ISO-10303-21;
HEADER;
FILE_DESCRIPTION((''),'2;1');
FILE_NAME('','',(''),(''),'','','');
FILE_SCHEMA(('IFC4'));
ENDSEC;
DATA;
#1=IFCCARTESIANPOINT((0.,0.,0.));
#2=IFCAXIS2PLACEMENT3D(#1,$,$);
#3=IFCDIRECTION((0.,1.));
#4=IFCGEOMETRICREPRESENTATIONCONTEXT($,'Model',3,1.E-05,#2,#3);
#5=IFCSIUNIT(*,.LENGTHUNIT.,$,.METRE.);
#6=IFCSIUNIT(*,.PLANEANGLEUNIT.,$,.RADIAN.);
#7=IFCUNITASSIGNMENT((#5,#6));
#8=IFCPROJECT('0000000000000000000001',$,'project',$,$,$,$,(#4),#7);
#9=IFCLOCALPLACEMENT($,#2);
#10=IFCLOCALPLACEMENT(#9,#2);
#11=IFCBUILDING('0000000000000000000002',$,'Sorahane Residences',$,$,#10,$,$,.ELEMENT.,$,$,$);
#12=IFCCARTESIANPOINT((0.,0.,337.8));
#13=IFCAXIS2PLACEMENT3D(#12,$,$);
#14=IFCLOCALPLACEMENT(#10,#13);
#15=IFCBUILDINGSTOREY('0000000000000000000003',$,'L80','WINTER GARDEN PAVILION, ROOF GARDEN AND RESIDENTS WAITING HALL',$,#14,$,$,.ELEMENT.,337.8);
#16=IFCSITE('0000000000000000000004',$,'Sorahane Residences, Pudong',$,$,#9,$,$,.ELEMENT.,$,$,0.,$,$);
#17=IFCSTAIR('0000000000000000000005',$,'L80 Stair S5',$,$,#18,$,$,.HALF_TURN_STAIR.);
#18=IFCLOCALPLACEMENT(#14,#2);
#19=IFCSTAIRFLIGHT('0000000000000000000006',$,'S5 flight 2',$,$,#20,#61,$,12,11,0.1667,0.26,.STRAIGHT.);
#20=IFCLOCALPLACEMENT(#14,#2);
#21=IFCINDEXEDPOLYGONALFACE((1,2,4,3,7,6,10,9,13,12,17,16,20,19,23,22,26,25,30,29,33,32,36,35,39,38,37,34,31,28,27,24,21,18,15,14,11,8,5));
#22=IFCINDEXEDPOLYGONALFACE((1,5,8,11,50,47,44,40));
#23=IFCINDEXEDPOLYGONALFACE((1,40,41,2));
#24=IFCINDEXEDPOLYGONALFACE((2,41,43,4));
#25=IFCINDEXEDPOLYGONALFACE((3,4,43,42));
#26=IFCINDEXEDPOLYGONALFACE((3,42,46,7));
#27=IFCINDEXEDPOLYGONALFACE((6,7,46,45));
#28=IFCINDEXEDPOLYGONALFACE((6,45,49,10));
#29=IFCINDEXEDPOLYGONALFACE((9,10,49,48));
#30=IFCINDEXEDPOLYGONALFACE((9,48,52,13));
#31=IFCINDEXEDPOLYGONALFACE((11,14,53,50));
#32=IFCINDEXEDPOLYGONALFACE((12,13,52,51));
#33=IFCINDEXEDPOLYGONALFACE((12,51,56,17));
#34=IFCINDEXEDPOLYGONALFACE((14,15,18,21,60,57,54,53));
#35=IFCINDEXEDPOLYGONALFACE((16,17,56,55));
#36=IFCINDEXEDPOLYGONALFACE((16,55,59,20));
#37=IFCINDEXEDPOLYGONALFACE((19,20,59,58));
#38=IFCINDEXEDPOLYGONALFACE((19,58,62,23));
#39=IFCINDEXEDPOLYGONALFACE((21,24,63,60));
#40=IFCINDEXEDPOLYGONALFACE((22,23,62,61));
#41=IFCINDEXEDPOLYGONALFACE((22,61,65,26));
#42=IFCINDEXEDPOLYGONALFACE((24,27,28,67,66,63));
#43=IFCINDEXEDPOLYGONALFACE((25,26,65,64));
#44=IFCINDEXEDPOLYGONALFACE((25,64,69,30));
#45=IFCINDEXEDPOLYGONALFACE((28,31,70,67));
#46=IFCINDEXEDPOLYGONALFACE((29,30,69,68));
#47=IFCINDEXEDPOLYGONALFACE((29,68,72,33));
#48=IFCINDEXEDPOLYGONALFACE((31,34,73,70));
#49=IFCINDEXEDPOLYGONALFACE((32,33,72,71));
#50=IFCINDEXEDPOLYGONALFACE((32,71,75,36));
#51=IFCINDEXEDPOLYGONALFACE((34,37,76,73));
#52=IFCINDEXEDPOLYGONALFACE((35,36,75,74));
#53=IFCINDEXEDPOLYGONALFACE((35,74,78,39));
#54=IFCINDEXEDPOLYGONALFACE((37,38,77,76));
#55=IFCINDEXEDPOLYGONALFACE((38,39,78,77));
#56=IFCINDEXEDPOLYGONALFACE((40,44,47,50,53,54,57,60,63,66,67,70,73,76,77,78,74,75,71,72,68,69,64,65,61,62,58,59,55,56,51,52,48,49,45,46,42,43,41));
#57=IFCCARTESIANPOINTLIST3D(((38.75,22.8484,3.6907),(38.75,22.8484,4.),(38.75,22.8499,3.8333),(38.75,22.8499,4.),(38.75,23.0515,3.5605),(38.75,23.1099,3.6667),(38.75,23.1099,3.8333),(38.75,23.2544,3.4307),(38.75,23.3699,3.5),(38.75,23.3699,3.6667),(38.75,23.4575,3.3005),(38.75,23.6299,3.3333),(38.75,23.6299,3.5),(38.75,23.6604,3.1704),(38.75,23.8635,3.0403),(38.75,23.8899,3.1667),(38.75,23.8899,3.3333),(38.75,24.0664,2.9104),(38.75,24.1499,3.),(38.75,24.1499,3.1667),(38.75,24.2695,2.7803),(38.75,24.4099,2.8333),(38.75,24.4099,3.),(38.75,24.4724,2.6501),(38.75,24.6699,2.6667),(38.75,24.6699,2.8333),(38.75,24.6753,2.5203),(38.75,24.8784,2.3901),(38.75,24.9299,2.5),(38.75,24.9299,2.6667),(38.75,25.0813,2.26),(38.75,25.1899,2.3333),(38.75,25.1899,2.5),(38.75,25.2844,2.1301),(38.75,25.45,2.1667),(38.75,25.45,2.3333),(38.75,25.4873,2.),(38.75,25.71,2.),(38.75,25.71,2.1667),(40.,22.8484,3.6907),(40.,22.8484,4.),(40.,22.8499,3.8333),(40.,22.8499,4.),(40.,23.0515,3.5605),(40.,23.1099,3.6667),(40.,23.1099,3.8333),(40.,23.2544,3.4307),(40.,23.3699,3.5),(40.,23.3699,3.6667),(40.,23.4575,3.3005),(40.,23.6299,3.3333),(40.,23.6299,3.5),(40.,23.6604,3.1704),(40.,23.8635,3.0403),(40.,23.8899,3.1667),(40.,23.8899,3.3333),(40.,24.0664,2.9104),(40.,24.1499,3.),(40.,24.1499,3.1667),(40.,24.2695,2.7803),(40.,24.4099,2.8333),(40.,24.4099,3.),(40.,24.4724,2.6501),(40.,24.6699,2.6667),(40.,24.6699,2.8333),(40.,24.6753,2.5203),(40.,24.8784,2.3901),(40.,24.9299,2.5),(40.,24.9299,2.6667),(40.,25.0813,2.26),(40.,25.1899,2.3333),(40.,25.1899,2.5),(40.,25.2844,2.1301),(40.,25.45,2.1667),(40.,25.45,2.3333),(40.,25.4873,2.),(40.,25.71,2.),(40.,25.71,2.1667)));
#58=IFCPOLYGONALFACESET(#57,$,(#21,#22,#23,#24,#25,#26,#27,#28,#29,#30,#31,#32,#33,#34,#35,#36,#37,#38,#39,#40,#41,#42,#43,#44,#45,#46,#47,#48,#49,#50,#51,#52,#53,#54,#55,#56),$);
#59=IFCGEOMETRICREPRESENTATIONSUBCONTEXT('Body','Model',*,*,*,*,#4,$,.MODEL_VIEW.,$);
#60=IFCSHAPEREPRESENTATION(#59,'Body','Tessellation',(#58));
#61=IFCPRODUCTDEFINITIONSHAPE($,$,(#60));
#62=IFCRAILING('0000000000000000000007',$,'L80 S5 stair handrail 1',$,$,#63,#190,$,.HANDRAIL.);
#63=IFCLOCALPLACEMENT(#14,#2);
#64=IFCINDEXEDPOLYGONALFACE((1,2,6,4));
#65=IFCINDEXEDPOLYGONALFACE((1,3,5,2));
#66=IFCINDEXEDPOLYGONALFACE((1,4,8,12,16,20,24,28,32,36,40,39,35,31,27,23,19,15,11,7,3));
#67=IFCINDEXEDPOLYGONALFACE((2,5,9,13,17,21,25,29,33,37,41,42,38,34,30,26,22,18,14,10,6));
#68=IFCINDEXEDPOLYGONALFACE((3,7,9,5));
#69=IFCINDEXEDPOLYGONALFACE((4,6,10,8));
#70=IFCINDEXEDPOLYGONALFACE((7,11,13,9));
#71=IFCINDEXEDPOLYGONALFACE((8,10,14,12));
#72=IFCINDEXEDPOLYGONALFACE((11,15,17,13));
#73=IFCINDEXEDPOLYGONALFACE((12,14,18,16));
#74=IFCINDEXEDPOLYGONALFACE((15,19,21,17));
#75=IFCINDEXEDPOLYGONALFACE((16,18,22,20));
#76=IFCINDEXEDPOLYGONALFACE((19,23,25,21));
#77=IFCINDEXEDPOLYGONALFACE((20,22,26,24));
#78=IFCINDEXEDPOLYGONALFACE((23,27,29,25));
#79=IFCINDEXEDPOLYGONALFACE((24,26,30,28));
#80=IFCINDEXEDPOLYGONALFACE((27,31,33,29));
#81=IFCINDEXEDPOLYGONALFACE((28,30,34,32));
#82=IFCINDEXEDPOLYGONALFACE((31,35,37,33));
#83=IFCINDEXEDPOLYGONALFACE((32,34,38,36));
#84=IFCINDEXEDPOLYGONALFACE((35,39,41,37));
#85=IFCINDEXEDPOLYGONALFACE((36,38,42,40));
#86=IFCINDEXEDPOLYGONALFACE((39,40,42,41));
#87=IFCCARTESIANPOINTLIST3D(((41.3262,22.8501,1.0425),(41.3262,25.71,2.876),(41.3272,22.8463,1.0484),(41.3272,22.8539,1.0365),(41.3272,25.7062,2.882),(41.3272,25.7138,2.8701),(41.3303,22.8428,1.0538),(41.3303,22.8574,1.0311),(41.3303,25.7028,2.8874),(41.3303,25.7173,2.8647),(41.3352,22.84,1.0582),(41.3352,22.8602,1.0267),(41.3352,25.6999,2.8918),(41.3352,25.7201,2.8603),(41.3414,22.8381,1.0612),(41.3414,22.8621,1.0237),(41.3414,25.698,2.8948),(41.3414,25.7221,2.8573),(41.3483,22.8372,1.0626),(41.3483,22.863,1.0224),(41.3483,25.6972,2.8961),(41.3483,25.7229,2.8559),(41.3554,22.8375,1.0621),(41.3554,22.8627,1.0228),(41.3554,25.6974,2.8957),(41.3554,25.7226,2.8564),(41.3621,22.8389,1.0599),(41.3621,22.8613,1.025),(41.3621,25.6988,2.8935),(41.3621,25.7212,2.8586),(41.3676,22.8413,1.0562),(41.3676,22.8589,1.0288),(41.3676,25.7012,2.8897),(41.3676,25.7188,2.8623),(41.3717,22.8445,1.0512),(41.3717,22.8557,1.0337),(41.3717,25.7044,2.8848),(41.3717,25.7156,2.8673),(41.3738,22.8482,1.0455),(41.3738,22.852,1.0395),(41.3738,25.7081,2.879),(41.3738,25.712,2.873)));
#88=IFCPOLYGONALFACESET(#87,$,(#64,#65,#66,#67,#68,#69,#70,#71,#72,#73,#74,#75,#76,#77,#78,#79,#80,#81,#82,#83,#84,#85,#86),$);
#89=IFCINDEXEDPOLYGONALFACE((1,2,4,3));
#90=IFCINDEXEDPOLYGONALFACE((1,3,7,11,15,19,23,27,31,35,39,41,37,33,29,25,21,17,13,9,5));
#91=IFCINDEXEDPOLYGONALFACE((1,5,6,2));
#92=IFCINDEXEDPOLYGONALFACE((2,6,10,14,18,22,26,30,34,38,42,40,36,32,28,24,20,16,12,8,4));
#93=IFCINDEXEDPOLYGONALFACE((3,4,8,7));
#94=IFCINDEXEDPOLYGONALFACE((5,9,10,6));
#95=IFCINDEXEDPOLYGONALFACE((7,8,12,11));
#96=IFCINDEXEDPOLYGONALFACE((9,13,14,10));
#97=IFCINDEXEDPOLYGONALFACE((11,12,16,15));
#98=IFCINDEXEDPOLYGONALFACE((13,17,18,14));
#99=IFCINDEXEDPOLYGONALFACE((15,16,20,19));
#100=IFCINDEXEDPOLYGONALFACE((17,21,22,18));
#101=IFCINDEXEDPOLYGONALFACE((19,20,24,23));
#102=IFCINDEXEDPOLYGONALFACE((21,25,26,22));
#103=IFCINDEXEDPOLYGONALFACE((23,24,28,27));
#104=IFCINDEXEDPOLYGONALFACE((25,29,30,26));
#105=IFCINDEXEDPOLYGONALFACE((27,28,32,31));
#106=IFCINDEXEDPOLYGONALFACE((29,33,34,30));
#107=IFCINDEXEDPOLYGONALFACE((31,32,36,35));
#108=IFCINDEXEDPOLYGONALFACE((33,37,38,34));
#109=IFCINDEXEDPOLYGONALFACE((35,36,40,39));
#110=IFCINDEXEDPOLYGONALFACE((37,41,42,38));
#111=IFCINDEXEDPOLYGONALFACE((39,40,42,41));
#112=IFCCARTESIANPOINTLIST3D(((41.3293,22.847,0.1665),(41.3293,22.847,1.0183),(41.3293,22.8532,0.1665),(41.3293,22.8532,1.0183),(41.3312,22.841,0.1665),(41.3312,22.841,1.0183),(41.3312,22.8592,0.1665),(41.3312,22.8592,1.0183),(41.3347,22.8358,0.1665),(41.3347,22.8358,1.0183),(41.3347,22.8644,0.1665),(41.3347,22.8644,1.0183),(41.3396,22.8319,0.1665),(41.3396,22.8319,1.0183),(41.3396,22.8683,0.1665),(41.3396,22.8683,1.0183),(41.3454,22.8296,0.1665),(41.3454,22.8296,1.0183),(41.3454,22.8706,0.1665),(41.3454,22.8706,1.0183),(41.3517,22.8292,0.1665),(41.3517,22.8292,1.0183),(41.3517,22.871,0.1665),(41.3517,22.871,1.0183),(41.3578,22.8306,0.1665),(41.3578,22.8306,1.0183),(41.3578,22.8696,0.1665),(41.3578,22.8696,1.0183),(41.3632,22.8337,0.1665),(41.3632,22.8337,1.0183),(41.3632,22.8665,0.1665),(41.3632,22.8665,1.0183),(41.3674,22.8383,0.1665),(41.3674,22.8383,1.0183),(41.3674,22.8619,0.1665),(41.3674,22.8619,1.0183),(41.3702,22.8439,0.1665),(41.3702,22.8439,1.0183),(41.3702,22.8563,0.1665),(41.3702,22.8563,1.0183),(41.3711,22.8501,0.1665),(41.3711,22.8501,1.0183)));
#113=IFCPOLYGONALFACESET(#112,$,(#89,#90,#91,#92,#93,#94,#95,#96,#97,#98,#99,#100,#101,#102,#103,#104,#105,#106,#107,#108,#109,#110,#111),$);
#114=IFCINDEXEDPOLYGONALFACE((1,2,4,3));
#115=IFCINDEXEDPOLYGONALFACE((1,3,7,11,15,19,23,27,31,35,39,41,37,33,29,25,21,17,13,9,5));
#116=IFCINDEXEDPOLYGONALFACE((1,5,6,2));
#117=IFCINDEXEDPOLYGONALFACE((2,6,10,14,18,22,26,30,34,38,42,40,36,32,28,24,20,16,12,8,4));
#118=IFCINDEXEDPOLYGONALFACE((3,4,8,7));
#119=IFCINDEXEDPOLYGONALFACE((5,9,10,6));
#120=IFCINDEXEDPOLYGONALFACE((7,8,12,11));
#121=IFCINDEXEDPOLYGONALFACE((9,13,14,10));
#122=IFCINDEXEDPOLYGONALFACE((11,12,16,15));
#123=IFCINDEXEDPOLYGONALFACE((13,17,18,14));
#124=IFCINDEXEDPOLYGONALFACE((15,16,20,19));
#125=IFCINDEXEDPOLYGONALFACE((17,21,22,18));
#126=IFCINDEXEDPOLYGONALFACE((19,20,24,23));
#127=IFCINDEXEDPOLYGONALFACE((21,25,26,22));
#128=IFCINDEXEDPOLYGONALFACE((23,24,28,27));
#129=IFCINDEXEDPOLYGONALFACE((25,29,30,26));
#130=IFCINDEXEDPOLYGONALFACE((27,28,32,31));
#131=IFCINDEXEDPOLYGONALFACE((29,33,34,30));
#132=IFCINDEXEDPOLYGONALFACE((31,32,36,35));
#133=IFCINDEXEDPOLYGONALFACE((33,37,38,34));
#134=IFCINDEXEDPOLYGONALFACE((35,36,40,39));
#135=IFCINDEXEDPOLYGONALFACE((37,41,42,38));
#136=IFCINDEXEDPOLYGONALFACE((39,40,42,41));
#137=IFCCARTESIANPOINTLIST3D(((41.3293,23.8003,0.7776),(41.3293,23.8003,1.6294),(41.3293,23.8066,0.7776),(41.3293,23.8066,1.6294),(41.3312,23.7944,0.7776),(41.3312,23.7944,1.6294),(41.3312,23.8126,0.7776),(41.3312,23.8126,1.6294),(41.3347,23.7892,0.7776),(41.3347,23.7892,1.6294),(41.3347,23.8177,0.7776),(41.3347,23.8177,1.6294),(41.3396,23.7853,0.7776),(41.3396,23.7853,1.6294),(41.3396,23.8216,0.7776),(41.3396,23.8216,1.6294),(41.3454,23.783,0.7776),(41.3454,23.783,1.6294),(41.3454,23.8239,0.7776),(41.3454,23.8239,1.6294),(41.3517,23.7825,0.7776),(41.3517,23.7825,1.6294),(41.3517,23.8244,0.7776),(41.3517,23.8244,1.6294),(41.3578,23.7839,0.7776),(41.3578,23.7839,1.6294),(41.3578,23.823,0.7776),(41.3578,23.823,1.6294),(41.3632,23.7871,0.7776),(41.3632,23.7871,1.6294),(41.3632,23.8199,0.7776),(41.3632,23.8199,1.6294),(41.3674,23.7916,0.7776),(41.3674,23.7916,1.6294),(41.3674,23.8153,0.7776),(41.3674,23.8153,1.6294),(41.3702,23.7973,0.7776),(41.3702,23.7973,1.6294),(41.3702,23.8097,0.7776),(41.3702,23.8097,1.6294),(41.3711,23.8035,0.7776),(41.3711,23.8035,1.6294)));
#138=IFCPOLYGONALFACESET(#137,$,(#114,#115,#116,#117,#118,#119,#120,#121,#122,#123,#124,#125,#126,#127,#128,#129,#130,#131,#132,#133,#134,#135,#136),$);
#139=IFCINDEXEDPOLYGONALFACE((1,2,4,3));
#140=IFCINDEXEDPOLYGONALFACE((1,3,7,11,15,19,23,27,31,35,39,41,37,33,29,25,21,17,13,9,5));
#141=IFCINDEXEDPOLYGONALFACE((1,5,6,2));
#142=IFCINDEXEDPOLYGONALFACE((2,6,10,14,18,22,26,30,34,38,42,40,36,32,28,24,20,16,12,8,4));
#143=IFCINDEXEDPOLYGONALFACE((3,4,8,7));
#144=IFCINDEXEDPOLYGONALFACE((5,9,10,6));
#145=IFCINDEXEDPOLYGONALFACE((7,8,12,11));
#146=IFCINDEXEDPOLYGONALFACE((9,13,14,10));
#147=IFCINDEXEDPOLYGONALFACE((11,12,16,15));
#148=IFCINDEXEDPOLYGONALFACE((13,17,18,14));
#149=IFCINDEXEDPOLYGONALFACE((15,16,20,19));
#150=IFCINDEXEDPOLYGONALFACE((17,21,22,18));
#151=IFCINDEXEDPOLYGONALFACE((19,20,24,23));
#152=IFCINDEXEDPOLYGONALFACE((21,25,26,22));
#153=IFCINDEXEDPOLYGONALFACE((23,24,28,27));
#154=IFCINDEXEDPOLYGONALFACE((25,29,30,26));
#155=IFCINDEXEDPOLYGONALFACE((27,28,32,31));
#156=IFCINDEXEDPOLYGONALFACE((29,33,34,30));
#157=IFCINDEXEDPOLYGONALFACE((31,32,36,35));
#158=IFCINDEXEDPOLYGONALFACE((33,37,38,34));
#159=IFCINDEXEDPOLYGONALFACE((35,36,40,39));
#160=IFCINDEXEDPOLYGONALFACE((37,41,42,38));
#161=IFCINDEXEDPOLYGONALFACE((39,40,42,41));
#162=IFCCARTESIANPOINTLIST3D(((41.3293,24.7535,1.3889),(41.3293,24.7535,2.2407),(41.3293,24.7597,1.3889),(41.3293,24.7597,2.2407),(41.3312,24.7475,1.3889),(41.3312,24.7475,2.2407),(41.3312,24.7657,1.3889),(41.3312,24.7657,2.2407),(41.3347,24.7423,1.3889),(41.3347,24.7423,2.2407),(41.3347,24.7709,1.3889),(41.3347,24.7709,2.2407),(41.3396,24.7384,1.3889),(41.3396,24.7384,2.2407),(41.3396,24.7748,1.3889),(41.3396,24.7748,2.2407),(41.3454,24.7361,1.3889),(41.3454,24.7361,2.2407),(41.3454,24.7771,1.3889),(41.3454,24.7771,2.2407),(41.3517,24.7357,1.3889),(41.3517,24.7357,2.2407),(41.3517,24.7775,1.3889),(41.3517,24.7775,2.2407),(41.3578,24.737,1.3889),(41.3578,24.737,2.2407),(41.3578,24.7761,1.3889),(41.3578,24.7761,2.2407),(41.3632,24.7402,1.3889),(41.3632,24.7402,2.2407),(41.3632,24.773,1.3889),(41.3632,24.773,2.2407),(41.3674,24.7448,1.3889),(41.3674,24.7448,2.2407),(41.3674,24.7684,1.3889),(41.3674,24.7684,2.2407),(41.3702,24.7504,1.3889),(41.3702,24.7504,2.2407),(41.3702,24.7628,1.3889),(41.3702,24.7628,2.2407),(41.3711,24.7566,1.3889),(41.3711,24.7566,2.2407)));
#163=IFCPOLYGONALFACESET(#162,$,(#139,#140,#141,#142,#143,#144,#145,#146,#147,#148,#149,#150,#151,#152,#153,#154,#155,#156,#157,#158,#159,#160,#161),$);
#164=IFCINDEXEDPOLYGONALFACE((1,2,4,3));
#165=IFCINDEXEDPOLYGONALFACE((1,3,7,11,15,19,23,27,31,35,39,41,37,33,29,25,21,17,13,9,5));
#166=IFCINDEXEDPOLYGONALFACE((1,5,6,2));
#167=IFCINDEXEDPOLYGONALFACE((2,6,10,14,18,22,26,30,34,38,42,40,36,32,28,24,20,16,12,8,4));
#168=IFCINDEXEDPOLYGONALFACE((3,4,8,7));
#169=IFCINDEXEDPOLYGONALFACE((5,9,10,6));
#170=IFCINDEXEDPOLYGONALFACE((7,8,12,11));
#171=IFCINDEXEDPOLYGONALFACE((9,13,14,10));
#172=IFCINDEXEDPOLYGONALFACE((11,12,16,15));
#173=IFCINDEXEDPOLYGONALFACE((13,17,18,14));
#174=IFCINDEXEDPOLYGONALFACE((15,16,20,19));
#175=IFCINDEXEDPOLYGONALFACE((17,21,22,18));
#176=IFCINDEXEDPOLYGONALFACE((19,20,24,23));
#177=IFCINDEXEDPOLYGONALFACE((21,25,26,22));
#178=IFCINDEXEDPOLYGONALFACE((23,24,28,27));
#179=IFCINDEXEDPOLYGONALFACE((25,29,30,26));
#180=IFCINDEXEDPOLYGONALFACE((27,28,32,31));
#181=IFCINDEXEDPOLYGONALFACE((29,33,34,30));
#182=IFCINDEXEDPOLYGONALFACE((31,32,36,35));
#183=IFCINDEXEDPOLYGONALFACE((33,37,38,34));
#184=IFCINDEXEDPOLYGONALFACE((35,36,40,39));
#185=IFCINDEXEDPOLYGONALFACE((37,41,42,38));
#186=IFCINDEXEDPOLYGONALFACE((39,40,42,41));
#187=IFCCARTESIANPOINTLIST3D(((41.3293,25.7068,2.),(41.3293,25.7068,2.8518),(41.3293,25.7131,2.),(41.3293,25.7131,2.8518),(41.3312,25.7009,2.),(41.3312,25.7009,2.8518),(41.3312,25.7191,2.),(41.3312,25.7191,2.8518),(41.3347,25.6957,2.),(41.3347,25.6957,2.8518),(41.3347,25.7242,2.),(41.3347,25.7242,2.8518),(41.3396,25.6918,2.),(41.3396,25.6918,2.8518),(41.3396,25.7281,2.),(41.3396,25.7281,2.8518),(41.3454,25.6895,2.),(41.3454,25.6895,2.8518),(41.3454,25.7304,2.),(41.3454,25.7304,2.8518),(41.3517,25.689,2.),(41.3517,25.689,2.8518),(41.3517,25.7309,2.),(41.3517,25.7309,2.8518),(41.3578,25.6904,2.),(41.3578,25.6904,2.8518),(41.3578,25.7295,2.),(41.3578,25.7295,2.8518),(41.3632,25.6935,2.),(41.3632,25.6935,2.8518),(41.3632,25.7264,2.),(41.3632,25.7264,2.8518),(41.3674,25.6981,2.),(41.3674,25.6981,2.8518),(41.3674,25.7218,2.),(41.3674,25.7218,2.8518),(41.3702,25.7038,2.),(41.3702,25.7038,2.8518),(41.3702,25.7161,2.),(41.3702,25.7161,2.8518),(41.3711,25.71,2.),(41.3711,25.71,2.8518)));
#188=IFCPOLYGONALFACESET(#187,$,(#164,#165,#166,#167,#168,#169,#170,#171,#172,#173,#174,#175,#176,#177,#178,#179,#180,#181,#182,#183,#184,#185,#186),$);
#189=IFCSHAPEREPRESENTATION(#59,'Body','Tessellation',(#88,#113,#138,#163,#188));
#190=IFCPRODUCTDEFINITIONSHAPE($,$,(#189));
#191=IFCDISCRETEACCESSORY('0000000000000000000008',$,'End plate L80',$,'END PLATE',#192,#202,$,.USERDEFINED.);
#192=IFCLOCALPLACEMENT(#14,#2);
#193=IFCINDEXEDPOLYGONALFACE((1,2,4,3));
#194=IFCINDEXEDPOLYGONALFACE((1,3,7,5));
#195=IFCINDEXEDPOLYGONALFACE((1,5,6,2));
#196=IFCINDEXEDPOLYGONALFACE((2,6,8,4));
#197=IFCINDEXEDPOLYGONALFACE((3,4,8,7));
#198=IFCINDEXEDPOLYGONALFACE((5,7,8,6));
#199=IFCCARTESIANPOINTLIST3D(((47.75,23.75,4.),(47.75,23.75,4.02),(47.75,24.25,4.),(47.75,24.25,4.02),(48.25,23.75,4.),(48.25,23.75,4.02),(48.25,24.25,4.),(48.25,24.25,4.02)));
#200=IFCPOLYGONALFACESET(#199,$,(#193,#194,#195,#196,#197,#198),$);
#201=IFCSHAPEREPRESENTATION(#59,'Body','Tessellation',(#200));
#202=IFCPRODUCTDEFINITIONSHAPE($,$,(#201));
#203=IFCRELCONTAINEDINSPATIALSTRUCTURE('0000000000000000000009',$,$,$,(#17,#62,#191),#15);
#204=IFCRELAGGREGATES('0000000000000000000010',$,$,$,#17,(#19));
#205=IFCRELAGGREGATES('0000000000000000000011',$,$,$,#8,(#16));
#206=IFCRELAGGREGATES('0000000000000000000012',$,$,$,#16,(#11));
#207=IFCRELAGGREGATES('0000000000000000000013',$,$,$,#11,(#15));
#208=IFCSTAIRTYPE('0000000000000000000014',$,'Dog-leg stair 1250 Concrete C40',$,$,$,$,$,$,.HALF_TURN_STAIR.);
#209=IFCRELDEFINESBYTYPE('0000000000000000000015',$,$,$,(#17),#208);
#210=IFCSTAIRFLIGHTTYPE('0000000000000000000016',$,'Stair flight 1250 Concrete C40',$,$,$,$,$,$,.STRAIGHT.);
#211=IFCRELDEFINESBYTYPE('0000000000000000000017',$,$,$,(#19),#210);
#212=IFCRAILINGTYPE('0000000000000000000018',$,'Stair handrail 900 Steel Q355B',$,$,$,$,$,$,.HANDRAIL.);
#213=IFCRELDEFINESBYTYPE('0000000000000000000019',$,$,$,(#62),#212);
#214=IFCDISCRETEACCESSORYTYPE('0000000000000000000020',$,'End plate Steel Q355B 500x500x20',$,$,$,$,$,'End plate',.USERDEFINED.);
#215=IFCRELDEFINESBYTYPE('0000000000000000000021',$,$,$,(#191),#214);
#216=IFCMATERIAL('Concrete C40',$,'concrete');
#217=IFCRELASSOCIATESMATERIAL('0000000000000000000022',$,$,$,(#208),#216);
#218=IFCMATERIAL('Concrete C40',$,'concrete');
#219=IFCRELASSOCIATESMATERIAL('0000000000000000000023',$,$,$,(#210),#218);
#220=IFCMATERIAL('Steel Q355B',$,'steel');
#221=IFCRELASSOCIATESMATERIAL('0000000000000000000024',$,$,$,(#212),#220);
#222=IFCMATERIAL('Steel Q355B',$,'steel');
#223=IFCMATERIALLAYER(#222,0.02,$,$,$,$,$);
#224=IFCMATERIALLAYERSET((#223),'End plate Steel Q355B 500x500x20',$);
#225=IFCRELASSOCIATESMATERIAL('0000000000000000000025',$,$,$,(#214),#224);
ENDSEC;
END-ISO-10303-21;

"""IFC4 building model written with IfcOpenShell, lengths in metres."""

from ifc_helpers import new_model, si_unit, direction, frame, origin, origin_2d, place, context, subcontext, project, spatial, polyline, rectangle, circle, outline, extrude, material, layer, layer_set, type_object, element, aggregate, save


model = new_model("IFC4")

# Units and contexts
model_context = context("Model", 3, precision=1e-05, world=origin(), true_north=direction((0.0, 1.0)))
body_context = subcontext(model_context, "Body", "Model", "MODEL_VIEW")
ifc_project = project(units=[si_unit("LENGTHUNIT", "METRE"), si_unit("PLANEANGLEUNIT", "RADIAN")], contexts=[model_context])

# Site, building, storey
site_placement = place(None, origin())
site = spatial("IfcSite", under=ifc_project, at=site_placement, Name="Sorahane Residences, Pudong", CompositionType="ELEMENT", RefElevation=0.0)
building_placement = place(site_placement, origin())
building = spatial("IfcBuilding", under=site, at=building_placement, Name="Sorahane Residences", CompositionType="ELEMENT")
storey_placement = place(building_placement, frame((0.0, 0.0, 337.8)))
storey = spatial("IfcBuildingStorey", under=building, at=storey_placement, Name="L80", Description="WINTER GARDEN PAVILION, ROOF GARDEN AND RESIDENTS WAITING HALL", CompositionType="ELEMENT", Elevation=337.8)

# Stair, stair flight
ifc_material_1 = material(Name="Concrete C40", Category="concrete")
stair_type = type_object("IfcStairType", Name="Dog-leg stair 1250 Concrete C40", PredefinedType="HALF_TURN_STAIR", material=ifc_material_1)
stair_placement = place(storey_placement, origin())
stair = element("IfcStair", 1, at=stair_placement, inside=storey, type_object=stair_type, Name="L80 Stair S5", PredefinedType="HALF_TURN_STAIR")
ifc_material_2 = material(Name="Concrete C40", Category="concrete")
stair_flight_type = type_object("IfcStairFlightType", Name="Stair flight 1250 Concrete C40", PredefinedType="STRAIGHT", material=ifc_material_2)
stair_flight_1_placement = place(storey_placement, frame((39.375, 25.71, 2.0), z_axis=(0.0, 0.0, 1.0), x_axis=(0.0, -1.0, 0.0)))
stair_flight_1 = element("IfcStairFlight", 2, at=stair_flight_1_placement, type_object=stair_flight_type, Name="S5 flight 2", NumberOfRisers=12, NumberOfTreads=11, PredefinedType="STRAIGHT", RiserHeight=0.1667, TreadLength=0.26, context=body_context, shape_type="SweptSolid", body=[
    extrude(outline(polyline([(0.0, 0.0), (0.0, 0.1667), (0.26, 0.1667), (0.26, 0.3333), (0.52, 0.3333), (0.52, 0.5), (0.78, 0.5), (0.78, 0.6667), (1.04, 0.6667), (1.04, 0.8333), (1.3, 0.8333), (1.3, 1.0), (1.5601, 1.0), (1.5601, 1.1667), (1.8201, 1.1667), (1.8201, 1.3333), (2.0801, 1.3333), (2.0801, 1.5), (2.3401, 1.5), (2.3401, 1.6667), (2.6001, 1.6667), (2.6001, 1.8333), (2.8601, 1.8333), (2.8601, 2.0), (2.8616, 2.0), (2.8616, 1.6907), (2.6584, 1.5605), (2.4556, 1.4307), (2.2524, 1.3005), (2.0496, 1.1704), (1.8464, 1.0403), (1.6436, 0.9104), (1.4404, 0.7803), (1.2375, 0.6501), (1.0347, 0.5203), (0.8315, 0.3901), (0.6287, 0.26), (0.4255, 0.1301), (0.2227, 0.0), (0.0, 0.0)])), frame((0.0, 0.625, 0.0), z_axis=(0.0, -1.0, 0.0), x_axis=(1.0, 0.0, 0.0)), (0.0, 0.0, 1.0), 1.25),
])
aggregate(stair, [stair_flight_1])

# Railing
ifc_material_3 = material(Name="Steel Q355B", Category="steel")
railing_type_1 = type_object("IfcRailingType", Name="Stair handrail 900 Steel Q355B", PredefinedType="HANDRAIL", material=ifc_material_3)
railing_1_placement = place(storey_placement, frame((41.3501, 22.8501, 0.1665)))
element("IfcRailing", 3, at=railing_1_placement, inside=storey, type_object=railing_type_1, Name="L80 S5 stair handrail 1", PredefinedType="HANDRAIL", context=body_context, shape_type="SweptSolid", body=[
    extrude(circle(Radius=0.0239, at=origin_2d()), frame((0.0, 0.0, 0.876), z_axis=(0.0, 0.841846, 0.539718), x_axis=(-1.0, 0.0, 0.0)), (0.0, 0.0, 1.0), 3.3972),
    extrude(circle(Radius=0.021, at=origin_2d()), origin(), (0.0, 0.0, 1.0), 0.8518),
    extrude(circle(Radius=0.021, at=origin_2d()), frame((0.0, 0.9534, 0.6111)), (0.0, 0.0, 1.0), 0.8518),
    extrude(circle(Radius=0.021, at=origin_2d()), frame((0.0, 1.9065, 1.2224)), (0.0, 0.0, 1.0), 0.8518),
    extrude(circle(Radius=0.021, at=origin_2d()), frame((0.0, 2.8599, 1.8335)), (0.0, 0.0, 1.0), 0.8518),
])

# Discrete accessory
ifc_material_4 = material(Name="Steel Q355B", Category="steel")
ifc_layer_1 = layer(ifc_material_4, 0.02)
ifc_layer_set_1 = layer_set([ifc_layer_1], Name="End plate Steel Q355B 500x500x20")
discrete_accessory_type = type_object("IfcDiscreteAccessoryType", Name="End plate Steel Q355B 500x500x20", ElementType="End plate", PredefinedType="USERDEFINED", material=ifc_layer_set_1)
discrete_accessory_placement = place(storey_placement, frame((48.0, 24.0, 4.0), z_axis=(0.0, 0.0, 1.0), x_axis=(1.0, 0.0, 0.0)))
element("IfcDiscreteAccessory", 4, at=discrete_accessory_placement, inside=storey, type_object=discrete_accessory_type, Name="End plate L80", ObjectType="END PLATE", PredefinedType="USERDEFINED", context=body_context, shape_type="SweptSolid", body=[
    extrude(rectangle(XDim=0.5, YDim=0.5, at=origin_2d()), origin(), (0.0, 0.0, 1.0), 0.02),
])

save(model, "model.ifc")
